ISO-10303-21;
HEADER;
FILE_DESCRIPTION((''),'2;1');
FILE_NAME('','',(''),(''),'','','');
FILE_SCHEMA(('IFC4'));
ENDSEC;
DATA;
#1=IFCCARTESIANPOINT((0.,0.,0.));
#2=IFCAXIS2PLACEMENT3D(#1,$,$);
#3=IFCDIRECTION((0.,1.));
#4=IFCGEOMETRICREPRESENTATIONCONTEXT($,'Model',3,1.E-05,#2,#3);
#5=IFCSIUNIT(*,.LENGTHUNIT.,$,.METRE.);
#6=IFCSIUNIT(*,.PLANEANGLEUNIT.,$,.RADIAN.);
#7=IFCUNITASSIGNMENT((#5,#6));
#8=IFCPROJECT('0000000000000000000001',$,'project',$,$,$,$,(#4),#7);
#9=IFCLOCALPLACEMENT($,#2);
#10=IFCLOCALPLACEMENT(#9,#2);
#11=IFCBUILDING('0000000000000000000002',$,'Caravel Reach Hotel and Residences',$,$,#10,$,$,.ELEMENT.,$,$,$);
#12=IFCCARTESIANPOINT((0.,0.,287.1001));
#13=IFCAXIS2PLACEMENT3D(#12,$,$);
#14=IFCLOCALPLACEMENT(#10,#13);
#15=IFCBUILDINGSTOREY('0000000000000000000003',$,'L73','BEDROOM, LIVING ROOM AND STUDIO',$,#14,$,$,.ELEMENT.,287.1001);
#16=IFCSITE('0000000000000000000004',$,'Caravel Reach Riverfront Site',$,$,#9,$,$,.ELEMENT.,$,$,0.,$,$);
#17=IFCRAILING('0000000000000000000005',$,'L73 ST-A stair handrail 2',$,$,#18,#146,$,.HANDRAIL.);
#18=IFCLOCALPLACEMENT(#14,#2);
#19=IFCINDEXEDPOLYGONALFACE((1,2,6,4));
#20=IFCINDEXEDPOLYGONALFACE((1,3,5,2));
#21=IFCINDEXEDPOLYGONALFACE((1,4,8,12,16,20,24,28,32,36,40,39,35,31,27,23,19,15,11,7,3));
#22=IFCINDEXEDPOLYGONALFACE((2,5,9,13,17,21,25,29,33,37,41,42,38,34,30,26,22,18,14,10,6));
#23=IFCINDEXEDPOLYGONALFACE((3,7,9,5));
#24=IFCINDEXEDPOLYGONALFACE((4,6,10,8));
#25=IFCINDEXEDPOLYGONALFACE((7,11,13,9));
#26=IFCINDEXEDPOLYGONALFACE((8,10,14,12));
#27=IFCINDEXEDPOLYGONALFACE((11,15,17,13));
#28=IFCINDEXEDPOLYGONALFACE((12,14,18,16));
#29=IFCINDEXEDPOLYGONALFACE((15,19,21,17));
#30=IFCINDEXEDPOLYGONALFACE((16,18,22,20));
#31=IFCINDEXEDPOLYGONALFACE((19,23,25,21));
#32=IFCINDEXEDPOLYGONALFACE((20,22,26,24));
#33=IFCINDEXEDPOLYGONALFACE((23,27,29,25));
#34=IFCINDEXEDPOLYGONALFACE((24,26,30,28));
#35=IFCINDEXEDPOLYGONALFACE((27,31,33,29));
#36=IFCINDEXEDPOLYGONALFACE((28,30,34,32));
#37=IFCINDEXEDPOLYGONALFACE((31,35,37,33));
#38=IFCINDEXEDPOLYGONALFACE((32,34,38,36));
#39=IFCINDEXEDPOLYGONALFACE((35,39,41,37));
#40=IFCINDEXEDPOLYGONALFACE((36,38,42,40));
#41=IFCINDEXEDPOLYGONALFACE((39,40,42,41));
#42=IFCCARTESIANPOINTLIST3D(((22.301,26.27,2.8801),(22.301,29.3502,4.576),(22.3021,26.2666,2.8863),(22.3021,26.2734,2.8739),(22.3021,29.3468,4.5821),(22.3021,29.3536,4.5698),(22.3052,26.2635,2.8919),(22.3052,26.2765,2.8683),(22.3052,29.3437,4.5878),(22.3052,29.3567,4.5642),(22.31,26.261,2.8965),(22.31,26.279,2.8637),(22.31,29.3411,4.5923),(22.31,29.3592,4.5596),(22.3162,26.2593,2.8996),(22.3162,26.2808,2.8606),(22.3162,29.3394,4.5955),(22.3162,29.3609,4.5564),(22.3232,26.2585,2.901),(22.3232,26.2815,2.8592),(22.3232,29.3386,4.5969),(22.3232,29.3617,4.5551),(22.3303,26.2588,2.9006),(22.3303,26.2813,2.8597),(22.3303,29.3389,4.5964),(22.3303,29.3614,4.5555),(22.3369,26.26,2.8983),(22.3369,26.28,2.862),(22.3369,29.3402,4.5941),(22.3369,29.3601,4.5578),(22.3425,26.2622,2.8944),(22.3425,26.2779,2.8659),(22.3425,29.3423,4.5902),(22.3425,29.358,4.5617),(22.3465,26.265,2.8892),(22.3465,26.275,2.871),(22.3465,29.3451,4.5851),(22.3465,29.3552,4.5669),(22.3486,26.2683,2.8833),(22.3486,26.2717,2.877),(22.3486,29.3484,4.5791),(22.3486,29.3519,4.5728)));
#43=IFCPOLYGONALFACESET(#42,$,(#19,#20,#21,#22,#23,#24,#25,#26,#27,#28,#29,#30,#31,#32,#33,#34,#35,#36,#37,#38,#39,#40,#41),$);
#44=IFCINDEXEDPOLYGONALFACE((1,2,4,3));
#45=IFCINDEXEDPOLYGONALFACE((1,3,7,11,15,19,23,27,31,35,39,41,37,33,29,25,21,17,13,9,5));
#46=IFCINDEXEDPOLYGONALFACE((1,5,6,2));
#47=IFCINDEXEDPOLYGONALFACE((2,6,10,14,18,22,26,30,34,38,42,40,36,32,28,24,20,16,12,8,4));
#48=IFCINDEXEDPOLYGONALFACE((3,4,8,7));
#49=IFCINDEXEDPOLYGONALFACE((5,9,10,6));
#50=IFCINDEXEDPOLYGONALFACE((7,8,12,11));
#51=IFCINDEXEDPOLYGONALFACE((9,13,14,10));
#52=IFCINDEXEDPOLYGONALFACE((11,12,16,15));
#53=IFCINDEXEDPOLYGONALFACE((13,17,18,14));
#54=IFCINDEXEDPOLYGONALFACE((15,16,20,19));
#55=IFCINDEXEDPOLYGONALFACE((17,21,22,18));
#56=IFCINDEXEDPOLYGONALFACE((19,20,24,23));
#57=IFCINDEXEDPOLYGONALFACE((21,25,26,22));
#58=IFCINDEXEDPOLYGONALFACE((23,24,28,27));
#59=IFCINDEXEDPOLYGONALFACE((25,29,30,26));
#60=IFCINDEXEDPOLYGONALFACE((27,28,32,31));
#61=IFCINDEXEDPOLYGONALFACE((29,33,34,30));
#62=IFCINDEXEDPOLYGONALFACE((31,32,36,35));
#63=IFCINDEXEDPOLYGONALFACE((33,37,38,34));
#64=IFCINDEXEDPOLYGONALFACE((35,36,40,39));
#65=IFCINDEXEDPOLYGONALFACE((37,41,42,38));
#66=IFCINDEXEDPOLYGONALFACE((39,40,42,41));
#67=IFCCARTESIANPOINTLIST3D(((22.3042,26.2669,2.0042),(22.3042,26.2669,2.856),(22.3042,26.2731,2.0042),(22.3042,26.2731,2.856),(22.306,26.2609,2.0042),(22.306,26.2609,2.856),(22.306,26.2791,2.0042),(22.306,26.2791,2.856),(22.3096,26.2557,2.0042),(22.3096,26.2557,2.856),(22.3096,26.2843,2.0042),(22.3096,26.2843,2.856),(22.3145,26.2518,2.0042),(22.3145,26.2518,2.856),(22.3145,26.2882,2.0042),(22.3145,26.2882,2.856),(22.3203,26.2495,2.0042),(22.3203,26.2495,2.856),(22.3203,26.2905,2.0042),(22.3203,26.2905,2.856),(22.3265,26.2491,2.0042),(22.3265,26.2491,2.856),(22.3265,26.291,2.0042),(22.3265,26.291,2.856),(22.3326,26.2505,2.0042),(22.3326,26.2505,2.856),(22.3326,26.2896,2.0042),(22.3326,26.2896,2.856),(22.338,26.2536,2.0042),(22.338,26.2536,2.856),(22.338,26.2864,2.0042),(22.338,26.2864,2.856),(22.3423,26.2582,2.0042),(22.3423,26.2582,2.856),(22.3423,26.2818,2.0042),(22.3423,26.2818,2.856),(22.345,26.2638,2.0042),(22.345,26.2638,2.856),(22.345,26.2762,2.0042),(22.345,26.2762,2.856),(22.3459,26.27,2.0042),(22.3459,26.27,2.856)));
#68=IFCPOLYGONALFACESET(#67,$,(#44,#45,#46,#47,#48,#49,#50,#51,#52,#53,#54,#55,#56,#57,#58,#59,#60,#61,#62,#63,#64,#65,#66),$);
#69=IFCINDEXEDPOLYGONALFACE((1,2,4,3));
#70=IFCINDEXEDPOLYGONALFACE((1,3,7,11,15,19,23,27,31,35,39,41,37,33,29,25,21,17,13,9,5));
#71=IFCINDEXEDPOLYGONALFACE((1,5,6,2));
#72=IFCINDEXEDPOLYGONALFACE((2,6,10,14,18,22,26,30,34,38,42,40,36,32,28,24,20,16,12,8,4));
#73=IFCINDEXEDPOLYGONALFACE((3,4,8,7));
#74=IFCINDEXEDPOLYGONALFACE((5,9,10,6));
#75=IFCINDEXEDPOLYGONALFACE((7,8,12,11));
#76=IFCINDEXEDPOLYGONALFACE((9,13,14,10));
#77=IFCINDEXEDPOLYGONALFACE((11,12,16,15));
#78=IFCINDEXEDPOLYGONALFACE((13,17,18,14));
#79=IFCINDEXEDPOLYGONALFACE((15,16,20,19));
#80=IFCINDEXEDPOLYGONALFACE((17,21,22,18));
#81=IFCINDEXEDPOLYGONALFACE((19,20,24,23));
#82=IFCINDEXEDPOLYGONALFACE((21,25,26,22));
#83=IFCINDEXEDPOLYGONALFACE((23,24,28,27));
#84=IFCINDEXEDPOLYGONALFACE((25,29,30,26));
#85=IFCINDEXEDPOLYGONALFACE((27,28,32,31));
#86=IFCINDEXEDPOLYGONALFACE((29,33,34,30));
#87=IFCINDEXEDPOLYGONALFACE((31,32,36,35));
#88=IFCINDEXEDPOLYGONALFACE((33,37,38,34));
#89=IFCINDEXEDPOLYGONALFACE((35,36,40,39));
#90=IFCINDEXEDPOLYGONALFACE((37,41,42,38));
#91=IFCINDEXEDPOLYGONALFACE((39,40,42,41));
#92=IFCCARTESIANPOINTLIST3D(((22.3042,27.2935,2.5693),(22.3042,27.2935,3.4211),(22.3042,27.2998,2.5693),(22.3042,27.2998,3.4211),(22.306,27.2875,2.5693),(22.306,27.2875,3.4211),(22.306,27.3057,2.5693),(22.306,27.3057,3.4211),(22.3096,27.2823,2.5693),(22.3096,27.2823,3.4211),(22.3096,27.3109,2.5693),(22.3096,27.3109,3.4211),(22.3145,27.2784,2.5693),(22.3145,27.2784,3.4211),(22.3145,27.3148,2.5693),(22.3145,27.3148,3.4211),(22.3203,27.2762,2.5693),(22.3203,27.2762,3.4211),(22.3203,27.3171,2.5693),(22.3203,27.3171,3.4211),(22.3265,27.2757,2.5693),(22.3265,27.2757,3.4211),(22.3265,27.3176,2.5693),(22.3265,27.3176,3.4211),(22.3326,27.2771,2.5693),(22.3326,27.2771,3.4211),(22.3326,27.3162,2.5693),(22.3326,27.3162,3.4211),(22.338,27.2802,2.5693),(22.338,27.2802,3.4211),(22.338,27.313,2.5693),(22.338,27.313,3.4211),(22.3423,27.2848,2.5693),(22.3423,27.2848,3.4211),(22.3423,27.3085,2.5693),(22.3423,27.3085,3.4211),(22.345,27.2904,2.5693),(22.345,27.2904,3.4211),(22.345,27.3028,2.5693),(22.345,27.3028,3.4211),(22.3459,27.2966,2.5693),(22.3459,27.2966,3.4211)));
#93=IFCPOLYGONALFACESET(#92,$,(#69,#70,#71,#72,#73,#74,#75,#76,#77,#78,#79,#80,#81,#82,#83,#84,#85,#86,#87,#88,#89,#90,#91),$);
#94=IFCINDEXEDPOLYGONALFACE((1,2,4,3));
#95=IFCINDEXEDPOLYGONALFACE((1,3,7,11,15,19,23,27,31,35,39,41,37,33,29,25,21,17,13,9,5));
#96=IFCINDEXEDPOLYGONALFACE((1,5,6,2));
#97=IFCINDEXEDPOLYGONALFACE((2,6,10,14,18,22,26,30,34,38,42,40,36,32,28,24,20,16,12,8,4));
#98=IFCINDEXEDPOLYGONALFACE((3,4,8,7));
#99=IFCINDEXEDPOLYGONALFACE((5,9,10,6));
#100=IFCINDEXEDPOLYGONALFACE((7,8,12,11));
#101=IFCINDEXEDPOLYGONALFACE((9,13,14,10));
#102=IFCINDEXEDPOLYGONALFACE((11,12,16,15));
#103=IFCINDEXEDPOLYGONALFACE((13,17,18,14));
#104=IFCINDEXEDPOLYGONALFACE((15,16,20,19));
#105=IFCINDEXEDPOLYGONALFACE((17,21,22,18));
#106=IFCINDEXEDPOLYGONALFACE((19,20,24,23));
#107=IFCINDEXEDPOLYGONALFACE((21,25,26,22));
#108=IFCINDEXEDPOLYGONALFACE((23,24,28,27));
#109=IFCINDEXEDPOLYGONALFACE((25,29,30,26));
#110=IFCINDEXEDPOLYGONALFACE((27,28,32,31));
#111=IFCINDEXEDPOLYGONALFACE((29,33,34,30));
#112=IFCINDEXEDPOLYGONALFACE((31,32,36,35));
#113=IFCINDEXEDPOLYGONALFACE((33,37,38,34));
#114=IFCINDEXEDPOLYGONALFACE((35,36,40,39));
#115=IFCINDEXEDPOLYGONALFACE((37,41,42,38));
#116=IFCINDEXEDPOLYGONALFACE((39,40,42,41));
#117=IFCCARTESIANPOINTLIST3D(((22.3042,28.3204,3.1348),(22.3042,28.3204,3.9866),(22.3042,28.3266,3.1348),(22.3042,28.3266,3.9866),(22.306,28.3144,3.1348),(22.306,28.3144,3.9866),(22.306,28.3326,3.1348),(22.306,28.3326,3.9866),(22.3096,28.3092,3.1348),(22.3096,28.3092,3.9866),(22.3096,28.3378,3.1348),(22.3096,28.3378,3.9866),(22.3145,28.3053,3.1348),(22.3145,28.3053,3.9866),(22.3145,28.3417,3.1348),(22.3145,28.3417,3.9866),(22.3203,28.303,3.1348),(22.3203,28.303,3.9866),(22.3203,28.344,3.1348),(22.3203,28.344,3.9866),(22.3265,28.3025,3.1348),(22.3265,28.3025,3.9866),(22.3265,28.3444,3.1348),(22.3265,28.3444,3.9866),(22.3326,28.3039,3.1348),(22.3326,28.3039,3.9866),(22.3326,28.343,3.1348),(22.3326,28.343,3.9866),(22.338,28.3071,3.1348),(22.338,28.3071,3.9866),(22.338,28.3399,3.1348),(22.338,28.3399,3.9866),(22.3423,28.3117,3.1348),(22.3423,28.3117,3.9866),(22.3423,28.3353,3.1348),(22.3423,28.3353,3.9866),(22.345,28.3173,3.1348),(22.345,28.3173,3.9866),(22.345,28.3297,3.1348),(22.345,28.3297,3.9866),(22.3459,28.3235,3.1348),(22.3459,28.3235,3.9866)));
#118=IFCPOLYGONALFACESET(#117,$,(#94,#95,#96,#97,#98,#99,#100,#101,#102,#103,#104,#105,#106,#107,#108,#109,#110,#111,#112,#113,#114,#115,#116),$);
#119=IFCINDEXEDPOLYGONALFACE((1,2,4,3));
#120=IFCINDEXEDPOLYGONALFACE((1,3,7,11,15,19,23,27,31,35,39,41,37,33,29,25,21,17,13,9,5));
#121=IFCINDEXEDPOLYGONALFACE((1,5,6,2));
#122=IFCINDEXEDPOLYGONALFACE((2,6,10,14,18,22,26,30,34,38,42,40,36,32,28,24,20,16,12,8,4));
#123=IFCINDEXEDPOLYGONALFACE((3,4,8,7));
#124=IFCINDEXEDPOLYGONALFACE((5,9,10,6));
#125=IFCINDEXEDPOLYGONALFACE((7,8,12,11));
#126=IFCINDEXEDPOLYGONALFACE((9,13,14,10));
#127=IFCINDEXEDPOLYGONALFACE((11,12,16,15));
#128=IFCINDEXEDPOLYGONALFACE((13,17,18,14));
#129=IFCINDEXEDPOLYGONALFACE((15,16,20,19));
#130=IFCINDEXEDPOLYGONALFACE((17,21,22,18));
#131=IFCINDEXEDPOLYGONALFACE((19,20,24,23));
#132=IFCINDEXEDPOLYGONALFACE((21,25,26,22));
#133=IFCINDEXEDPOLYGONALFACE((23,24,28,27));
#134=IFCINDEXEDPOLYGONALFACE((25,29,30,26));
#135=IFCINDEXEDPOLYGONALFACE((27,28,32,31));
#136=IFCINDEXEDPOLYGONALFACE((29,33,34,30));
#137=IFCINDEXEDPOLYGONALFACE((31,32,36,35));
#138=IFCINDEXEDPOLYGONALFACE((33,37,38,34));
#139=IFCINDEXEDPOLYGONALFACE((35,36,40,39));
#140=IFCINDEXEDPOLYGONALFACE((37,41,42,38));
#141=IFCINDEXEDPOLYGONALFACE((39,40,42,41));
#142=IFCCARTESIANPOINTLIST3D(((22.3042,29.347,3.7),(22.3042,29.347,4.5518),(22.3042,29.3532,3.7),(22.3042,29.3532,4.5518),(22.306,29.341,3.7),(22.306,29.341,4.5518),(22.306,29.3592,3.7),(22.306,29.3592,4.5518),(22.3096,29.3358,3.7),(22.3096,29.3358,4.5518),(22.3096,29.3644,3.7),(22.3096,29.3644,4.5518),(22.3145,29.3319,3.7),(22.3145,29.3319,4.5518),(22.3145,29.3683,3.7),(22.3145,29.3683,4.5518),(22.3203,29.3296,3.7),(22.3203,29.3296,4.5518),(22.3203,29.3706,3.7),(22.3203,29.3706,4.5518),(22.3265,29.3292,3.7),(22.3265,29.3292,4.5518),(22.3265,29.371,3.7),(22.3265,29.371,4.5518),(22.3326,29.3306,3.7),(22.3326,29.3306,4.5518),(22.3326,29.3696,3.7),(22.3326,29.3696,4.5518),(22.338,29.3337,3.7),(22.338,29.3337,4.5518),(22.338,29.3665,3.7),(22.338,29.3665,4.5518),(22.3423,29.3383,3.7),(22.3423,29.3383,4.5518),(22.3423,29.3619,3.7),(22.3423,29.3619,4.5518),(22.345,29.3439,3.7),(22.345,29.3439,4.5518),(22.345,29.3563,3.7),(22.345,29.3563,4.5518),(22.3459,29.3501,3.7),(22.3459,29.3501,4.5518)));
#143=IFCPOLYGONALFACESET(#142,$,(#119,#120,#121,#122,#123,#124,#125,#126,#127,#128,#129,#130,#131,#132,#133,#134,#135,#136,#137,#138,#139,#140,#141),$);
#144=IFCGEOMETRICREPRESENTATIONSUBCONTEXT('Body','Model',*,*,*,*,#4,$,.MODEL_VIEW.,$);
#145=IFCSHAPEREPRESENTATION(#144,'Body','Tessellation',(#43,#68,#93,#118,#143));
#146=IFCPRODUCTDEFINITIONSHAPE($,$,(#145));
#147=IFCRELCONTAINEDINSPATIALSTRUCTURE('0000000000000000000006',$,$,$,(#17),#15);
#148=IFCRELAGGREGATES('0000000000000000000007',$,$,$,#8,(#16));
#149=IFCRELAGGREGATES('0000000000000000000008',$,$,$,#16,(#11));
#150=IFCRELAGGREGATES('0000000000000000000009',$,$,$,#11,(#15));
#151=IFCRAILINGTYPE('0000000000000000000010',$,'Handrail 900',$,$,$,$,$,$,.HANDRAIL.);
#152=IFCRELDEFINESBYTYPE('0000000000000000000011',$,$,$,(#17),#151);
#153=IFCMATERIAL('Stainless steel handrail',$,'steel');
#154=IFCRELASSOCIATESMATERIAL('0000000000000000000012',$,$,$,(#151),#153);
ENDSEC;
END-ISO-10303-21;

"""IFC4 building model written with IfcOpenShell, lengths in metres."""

from ifc_helpers import new_model, si_unit, direction, frame, origin, origin_2d, place, context, subcontext, project, spatial, circle, extrude, material, type_object, element, save


model = new_model("IFC4")

# Units and contexts
model_context = context("Model", 3, precision=1e-05, world=origin(), true_north=direction((0.0, 1.0)))
body_context = subcontext(model_context, "Body", "Model", "MODEL_VIEW")
ifc_project = project(units=[si_unit("LENGTHUNIT", "METRE"), si_unit("PLANEANGLEUNIT", "RADIAN")], contexts=[model_context])

# Site, building, storey
site_placement = place(None, origin())
site = spatial("IfcSite", under=ifc_project, at=site_placement, Name="Caravel Reach Riverfront Site", CompositionType="ELEMENT", RefElevation=0.0)
building_placement = place(site_placement, origin())
building = spatial("IfcBuilding", under=site, at=building_placement, Name="Caravel Reach Hotel and Residences", CompositionType="ELEMENT")
storey_placement = place(building_placement, frame((0.0, 0.0, 287.1001)))
storey = spatial("IfcBuildingStorey", under=building, at=storey_placement, Name="L73", Description="BEDROOM, LIVING ROOM AND STUDIO", CompositionType="ELEMENT", Elevation=287.1001)

# Railing
ifc_material_1 = material(Name="Stainless steel handrail", Category="steel")
railing_type_1 = type_object("IfcRailingType", Name="Handrail 900", PredefinedType="HANDRAIL", material=ifc_material_1)
railing_1_placement = place(storey_placement, frame((22.325, 26.27, 2.0042)))
element("IfcRailing", 1, at=railing_1_placement, inside=storey, type_object=railing_type_1, Name="L73 ST-A stair handrail 2", PredefinedType="HANDRAIL", context=body_context, shape_type="SweptSolid", body=[
    extrude(circle(Radius=0.0239, at=origin_2d()), frame((0.0, 0.0, 0.876), z_axis=(0.0, 0.876005, 0.482303), x_axis=(-1.0, 0.0, 0.0)), (0.0, 0.0, 1.0), 3.5161),
    extrude(circle(Radius=0.021, at=origin_2d()), origin(), (0.0, 0.0, 1.0), 0.8518),
    extrude(circle(Radius=0.021, at=origin_2d()), frame((0.0, 1.0266, 0.5652)), (0.0, 0.0, 1.0), 0.8518),
    extrude(circle(Radius=0.021, at=origin_2d()), frame((0.0, 2.0535, 1.1306)), (0.0, 0.0, 1.0), 0.8518),
    extrude(circle(Radius=0.021, at=origin_2d()), frame((0.0, 3.0801, 1.6958)), (0.0, 0.0, 1.0), 0.8518),
])

save(model, "model.ifc")
